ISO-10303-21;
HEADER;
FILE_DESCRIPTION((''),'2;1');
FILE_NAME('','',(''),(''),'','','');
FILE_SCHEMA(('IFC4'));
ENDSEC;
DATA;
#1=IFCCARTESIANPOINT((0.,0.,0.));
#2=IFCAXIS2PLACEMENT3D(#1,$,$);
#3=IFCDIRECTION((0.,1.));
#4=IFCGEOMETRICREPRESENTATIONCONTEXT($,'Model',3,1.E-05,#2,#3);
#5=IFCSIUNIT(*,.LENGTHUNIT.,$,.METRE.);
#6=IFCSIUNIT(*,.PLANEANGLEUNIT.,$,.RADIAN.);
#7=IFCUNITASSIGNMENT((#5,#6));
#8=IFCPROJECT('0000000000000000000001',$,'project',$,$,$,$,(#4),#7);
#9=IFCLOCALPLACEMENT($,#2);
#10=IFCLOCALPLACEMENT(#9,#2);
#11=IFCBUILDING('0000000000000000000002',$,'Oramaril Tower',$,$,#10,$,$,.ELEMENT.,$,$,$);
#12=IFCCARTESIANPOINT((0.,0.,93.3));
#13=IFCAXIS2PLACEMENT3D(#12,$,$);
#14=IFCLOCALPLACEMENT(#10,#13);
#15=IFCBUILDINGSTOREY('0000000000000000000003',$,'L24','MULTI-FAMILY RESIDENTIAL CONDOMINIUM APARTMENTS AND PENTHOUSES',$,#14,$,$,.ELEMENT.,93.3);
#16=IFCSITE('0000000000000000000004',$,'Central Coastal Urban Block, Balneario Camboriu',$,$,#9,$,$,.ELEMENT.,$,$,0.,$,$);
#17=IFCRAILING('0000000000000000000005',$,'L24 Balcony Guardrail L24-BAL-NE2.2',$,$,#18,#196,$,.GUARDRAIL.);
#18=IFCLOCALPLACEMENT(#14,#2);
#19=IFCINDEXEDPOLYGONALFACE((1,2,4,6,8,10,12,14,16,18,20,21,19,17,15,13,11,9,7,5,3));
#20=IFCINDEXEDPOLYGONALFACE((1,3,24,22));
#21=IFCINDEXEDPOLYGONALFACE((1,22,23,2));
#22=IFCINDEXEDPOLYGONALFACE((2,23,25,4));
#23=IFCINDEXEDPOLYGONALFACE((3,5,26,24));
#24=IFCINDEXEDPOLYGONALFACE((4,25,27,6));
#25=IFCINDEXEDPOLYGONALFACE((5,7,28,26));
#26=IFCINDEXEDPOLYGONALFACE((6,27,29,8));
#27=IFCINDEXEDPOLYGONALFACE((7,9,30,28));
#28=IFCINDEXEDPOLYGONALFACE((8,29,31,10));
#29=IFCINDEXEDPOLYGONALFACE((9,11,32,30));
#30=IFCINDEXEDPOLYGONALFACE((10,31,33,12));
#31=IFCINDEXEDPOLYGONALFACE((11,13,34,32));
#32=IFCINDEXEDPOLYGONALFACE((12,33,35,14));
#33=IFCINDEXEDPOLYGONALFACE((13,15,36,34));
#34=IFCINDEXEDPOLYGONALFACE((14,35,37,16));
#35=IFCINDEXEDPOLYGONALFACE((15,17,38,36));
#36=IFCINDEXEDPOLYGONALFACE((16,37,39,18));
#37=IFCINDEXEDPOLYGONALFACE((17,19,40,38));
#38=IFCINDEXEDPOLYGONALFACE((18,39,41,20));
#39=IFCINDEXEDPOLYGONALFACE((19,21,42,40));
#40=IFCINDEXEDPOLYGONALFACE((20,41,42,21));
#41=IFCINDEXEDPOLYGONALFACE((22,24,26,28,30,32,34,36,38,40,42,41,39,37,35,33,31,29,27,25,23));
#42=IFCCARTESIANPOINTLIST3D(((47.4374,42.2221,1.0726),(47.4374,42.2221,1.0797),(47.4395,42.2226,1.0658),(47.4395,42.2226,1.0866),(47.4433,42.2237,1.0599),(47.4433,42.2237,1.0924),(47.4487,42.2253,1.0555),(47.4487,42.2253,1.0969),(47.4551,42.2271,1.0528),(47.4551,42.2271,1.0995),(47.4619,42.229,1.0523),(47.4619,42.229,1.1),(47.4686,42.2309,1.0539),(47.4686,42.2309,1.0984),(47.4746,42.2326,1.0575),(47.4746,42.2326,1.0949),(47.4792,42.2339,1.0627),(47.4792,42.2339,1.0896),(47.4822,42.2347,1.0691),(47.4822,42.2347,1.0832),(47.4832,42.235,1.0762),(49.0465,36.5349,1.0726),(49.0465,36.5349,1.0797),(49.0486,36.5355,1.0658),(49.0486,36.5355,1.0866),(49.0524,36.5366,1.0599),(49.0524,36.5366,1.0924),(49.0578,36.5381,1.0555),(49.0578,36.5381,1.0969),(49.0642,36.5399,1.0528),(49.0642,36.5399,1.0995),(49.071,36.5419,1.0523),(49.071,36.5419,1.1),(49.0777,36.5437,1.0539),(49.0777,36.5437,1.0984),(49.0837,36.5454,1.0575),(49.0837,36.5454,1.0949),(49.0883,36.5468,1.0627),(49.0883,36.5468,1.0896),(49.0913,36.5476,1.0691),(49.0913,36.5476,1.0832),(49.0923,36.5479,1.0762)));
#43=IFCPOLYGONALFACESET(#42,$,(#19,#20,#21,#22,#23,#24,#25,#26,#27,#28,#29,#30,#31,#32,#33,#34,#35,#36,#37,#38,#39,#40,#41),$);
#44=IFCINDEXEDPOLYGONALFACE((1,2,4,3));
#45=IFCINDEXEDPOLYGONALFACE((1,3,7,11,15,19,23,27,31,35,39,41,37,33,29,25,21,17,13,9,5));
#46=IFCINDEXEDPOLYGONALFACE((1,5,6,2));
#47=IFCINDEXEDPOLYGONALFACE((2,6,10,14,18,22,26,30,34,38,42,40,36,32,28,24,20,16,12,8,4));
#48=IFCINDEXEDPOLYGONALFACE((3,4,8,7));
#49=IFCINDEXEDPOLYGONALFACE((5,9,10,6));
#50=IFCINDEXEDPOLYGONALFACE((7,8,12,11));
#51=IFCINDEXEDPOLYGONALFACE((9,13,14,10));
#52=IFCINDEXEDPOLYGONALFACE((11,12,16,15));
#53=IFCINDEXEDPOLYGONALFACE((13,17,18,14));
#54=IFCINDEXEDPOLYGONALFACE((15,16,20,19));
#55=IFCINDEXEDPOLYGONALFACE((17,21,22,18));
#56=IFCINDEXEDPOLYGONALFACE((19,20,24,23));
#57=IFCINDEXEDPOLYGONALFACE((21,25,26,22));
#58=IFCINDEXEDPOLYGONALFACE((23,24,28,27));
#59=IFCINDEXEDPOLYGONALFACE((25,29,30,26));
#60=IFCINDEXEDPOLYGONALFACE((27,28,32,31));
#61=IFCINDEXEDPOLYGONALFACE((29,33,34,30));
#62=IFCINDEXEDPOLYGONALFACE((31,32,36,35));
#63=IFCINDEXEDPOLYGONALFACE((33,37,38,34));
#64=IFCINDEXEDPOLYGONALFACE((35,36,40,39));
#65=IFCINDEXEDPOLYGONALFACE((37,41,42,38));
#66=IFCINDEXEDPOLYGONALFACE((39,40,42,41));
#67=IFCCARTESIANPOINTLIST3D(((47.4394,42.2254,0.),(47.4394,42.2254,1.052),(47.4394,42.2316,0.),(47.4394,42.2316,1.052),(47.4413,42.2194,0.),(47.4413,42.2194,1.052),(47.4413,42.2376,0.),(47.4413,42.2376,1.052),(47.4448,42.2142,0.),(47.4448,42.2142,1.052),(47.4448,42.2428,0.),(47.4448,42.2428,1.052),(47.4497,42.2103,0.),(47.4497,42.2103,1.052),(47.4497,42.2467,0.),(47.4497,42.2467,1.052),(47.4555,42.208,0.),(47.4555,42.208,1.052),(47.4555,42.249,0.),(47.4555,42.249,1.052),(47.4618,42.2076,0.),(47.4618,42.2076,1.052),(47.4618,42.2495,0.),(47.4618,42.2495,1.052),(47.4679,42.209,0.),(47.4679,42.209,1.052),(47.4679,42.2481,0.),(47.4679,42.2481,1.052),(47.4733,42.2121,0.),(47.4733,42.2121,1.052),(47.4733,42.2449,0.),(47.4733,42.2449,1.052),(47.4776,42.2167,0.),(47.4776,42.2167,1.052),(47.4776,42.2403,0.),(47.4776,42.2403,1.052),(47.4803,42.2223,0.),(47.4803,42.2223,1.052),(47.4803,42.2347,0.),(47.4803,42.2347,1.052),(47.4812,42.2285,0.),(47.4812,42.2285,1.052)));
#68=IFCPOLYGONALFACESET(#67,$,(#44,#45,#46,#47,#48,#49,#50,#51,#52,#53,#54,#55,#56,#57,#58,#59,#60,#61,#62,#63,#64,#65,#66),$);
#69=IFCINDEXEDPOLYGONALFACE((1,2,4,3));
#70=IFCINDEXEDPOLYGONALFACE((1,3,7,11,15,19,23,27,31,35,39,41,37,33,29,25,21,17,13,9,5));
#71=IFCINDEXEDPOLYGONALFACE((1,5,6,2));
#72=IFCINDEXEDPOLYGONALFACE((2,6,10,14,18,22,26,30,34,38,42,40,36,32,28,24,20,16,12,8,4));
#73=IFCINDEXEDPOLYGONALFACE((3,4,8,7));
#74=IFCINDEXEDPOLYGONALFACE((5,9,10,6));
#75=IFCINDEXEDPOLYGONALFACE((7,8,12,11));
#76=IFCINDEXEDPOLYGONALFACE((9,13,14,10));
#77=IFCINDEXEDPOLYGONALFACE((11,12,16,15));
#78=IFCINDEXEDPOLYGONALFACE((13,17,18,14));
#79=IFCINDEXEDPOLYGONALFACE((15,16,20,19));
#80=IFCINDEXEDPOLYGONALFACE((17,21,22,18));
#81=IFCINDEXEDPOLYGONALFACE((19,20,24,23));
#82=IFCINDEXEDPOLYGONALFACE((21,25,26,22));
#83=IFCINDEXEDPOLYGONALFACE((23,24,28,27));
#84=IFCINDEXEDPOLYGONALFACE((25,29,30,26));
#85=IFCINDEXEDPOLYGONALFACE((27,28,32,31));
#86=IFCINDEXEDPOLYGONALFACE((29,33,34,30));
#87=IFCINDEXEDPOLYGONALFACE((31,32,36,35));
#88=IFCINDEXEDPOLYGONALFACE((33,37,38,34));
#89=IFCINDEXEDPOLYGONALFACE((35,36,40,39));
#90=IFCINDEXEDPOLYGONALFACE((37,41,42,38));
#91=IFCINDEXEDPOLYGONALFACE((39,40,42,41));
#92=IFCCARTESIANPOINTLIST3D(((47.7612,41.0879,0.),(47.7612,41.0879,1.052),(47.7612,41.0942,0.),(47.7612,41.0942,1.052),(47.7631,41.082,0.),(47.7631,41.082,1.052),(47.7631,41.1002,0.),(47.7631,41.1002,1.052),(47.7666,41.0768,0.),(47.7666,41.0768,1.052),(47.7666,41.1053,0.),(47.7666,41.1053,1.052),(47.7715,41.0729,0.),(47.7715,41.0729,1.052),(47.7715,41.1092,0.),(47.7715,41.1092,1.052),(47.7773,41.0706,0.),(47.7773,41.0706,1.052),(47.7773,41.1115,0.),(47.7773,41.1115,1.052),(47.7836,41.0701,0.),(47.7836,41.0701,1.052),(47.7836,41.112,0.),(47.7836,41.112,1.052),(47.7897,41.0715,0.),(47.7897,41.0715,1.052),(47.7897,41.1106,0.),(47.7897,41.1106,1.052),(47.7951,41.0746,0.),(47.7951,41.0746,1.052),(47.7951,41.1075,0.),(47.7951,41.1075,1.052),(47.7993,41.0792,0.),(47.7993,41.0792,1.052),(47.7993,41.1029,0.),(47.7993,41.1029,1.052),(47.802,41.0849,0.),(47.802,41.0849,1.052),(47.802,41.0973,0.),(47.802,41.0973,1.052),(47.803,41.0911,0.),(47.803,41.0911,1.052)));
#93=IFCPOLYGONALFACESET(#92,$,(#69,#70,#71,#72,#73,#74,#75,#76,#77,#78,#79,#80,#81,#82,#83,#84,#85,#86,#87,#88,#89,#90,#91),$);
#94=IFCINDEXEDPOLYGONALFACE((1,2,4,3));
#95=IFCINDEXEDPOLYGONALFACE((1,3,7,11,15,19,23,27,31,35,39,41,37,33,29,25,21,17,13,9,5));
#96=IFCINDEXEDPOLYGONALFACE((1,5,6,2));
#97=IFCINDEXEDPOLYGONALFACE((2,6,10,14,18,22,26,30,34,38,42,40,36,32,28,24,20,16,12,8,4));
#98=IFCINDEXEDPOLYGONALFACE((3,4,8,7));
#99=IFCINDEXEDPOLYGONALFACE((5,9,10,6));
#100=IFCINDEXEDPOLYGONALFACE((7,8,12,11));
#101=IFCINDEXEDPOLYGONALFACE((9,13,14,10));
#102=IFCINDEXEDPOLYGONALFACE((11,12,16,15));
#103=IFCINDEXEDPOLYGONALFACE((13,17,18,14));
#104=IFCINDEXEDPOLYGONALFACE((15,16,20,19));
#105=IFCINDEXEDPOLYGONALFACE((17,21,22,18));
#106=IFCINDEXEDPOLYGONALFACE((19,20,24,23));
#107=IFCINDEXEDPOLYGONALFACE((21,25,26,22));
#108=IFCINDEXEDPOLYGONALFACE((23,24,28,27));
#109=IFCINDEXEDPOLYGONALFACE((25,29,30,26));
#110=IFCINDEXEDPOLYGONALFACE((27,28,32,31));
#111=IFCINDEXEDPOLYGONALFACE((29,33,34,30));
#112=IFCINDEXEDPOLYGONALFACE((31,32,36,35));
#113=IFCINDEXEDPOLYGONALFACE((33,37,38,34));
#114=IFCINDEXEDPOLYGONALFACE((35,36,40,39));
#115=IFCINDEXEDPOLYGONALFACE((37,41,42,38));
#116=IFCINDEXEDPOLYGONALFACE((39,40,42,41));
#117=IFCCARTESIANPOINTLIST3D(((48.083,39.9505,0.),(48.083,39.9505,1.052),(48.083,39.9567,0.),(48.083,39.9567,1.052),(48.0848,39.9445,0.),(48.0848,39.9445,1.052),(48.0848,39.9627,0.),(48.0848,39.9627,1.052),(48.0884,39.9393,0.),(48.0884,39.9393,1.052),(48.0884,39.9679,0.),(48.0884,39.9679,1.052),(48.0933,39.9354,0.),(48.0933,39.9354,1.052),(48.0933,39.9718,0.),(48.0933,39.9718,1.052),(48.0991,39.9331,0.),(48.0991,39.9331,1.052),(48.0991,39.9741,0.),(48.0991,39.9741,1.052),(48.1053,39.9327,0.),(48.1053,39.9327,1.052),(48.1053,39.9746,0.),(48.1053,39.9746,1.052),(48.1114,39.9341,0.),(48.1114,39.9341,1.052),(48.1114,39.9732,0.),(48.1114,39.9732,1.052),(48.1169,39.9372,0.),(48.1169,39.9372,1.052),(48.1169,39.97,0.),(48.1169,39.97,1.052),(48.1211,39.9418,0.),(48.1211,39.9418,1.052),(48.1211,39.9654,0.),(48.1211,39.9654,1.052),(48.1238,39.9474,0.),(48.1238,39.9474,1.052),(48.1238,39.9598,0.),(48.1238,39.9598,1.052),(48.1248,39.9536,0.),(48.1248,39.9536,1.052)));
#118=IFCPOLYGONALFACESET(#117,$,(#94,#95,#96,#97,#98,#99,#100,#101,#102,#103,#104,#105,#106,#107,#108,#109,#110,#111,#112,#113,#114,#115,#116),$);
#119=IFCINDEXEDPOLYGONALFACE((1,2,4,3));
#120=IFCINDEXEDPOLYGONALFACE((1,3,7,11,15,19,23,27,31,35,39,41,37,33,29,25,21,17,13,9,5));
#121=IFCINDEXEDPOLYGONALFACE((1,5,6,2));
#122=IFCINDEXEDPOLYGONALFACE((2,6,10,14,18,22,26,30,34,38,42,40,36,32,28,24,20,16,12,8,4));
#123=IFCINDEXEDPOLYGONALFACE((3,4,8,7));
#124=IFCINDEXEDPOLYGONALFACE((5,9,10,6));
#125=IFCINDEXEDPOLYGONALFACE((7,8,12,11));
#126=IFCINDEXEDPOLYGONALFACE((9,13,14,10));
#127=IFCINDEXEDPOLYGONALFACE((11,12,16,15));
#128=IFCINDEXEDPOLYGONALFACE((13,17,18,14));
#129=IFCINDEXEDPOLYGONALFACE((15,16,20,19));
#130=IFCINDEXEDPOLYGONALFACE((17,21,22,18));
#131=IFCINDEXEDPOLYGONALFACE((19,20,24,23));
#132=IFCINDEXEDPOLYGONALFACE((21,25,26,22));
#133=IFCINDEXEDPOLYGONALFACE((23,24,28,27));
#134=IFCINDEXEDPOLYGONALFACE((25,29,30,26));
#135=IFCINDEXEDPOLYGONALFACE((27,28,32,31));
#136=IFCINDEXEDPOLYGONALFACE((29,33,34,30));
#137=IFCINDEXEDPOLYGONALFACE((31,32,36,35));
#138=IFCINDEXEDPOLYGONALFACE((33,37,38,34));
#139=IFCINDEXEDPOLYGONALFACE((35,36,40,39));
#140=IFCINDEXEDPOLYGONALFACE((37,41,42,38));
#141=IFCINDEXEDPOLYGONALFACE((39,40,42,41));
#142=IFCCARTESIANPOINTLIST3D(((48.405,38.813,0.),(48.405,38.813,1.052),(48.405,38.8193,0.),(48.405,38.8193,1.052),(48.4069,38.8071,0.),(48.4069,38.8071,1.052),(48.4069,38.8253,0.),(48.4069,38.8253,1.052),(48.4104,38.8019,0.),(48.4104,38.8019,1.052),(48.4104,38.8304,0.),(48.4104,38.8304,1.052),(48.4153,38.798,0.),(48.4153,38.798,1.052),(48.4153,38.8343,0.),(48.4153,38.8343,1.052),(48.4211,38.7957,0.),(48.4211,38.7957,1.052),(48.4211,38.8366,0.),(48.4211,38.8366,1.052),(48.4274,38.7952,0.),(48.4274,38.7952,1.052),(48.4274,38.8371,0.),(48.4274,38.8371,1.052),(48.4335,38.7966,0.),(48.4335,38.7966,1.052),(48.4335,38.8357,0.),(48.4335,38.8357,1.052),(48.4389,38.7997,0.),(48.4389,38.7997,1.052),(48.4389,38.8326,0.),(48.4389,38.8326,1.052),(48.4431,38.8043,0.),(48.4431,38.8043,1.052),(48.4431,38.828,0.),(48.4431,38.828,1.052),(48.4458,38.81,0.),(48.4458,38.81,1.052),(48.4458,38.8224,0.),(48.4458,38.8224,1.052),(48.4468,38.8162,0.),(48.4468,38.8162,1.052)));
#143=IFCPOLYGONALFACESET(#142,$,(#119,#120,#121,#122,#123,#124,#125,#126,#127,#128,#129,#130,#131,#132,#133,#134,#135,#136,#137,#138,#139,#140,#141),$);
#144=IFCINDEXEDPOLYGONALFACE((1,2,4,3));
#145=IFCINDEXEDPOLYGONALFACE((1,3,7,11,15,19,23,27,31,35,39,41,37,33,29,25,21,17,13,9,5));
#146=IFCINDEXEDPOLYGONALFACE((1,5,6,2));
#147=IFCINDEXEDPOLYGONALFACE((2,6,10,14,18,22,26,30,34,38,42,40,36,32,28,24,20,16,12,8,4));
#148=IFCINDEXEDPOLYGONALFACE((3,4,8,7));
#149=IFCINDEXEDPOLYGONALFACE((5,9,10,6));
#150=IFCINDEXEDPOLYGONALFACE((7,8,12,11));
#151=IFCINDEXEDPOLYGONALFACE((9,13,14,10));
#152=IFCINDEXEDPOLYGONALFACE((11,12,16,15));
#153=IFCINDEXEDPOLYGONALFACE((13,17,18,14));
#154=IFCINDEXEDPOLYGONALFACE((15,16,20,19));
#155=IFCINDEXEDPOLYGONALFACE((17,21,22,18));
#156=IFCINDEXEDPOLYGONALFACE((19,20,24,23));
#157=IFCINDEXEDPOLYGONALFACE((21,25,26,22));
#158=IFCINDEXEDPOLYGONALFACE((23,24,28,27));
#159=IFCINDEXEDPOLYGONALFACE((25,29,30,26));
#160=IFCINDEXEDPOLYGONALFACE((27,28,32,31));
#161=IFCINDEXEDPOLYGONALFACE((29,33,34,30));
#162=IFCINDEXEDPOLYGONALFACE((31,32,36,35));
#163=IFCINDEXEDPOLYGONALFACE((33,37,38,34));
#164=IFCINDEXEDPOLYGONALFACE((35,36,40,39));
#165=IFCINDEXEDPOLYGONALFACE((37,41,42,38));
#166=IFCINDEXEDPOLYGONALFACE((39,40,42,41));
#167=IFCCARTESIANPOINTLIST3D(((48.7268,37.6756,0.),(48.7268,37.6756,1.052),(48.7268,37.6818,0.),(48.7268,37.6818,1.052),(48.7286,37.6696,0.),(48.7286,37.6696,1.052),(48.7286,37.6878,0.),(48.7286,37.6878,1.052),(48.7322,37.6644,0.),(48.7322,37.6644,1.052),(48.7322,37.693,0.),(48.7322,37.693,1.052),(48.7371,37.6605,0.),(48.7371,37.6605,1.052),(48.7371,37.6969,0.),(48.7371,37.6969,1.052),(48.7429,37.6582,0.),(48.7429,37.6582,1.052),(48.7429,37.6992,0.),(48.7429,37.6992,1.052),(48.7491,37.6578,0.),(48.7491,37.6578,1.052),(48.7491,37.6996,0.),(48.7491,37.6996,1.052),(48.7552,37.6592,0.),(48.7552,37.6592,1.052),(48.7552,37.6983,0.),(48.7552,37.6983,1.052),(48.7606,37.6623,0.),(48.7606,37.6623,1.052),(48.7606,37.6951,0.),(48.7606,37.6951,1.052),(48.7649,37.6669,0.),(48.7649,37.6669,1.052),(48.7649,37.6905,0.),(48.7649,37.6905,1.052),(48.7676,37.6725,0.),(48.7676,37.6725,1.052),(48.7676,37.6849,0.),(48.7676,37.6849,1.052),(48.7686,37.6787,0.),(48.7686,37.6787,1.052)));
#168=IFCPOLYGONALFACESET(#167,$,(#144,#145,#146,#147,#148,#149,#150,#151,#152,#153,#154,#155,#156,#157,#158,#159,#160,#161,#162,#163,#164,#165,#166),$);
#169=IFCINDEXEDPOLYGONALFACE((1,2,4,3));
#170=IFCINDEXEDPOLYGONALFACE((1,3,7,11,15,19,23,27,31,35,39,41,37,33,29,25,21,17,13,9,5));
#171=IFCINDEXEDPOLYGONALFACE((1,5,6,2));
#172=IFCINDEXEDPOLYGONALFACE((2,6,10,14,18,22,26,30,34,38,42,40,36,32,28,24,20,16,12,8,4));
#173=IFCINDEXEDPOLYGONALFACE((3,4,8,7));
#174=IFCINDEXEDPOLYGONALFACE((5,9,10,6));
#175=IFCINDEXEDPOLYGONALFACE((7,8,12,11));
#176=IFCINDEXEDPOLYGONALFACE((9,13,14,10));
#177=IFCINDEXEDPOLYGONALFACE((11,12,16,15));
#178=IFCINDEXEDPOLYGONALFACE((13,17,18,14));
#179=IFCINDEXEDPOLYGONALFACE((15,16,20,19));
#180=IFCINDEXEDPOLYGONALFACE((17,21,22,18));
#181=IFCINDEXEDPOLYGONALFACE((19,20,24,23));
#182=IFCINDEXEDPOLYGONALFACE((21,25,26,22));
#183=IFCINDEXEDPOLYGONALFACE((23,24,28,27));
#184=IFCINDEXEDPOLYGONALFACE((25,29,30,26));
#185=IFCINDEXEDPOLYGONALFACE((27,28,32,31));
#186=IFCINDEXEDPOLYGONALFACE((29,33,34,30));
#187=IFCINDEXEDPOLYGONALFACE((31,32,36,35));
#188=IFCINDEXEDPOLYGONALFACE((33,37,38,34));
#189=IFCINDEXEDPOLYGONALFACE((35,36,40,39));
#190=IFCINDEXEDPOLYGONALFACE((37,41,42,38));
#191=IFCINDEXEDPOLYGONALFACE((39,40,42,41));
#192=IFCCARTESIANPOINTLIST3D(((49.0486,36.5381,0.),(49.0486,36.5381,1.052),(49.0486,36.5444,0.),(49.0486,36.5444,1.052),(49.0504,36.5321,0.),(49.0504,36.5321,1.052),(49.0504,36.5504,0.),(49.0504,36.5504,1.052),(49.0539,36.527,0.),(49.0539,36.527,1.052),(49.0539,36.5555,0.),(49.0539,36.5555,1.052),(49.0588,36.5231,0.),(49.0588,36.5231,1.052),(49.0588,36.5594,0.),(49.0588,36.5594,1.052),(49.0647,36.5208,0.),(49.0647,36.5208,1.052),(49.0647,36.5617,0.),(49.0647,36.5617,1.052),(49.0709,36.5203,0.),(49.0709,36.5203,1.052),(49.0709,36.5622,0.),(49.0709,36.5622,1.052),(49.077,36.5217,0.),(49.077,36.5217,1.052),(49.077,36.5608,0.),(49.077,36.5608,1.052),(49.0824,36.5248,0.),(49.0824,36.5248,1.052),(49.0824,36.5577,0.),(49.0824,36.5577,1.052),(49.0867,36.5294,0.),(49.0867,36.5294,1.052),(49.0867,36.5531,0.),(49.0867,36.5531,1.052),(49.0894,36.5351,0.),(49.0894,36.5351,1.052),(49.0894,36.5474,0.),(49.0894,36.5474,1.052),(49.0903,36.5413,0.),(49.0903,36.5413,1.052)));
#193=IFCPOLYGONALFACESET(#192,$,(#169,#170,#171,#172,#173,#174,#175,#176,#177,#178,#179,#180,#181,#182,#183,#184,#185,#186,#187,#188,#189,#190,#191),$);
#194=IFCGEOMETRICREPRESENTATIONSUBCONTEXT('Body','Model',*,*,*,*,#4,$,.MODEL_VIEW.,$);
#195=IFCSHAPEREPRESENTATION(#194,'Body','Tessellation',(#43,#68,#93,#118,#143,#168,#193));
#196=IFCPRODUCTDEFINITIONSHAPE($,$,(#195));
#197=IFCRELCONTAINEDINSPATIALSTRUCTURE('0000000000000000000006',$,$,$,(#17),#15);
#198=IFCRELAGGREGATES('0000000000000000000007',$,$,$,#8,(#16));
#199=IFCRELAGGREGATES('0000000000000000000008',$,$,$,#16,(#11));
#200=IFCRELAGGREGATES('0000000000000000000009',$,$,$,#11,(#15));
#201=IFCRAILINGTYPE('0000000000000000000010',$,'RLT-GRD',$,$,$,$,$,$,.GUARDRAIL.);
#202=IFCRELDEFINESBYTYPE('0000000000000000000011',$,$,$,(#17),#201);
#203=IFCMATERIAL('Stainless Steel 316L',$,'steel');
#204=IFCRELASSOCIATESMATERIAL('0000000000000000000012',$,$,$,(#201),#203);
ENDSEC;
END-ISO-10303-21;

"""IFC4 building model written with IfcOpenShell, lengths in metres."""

from ifc_helpers import new_model, si_unit, direction, frame, origin, origin_2d, place, context, subcontext, project, spatial, circle, extrude, material, type_object, element, save


model = new_model("IFC4")

# Units and contexts
model_context = context("Model", 3, precision=1e-05, world=origin(), true_north=direction((0.0, 1.0)))
body_context = subcontext(model_context, "Body", "Model", "MODEL_VIEW")
ifc_project = project(units=[si_unit("LENGTHUNIT", "METRE"), si_unit("PLANEANGLEUNIT", "RADIAN")], contexts=[model_context])

# Site, building, storey
site_placement = place(None, origin())
site = spatial("IfcSite", under=ifc_project, at=site_placement, Name="Central Coastal Urban Block, Balneario Camboriu", CompositionType="ELEMENT", RefElevation=0.0)
building_placement = place(site_placement, origin())
building = spatial("IfcBuilding", under=site, at=building_placement, Name="Oramaril Tower", CompositionType="ELEMENT")
storey_placement = place(building_placement, frame((0.0, 0.0, 93.3)))
storey = spatial("IfcBuildingStorey", under=building, at=storey_placement, Name="L24", Description="MULTI-FAMILY RESIDENTIAL CONDOMINIUM APARTMENTS AND PENTHOUSES", CompositionType="ELEMENT", Elevation=93.3)

# Railing
ifc_material_1 = material(Name="Stainless Steel 316L", Category="steel")
railing_type = type_object("IfcRailingType", Name="RLT-GRD", PredefinedType="GUARDRAIL", material=ifc_material_1)
railing_1_placement = place(storey_placement, frame((47.4602, 42.2285, 0.0)))
element("IfcRailing", 1, at=railing_1_placement, inside=storey, type_object=railing_type, Name="L24 Balcony Guardrail L24-BAL-NE2.2", PredefinedType="GUARDRAIL", context=body_context, shape_type="SweptSolid", body=[
    extrude(circle(Radius=0.0239, at=origin_2d()), frame((0.0, 0.0, 1.0762), z_axis=(0.272249, -0.962227, 0.0), x_axis=(0.962227, 0.272249, 0.0)), (0.0, 0.0, 1.0), 5.9104),
    extrude(circle(Radius=0.021, at=origin_2d()), origin(), (0.0, 0.0, 1.0), 1.052),
    extrude(circle(Radius=0.021, at=origin_2d()), frame((0.3218, -1.1375, 0.0)), (0.0, 0.0, 1.0), 1.052),
    extrude(circle(Radius=0.021, at=origin_2d()), frame((0.6436, -2.2749, 0.0)), (0.0, 0.0, 1.0), 1.052),
    extrude(circle(Radius=0.021, at=origin_2d()), frame((0.9656, -3.4124, 0.0)), (0.0, 0.0, 1.0), 1.052),
    extrude(circle(Radius=0.021, at=origin_2d()), frame((1.2874, -4.5498, 0.0)), (0.0, 0.0, 1.0), 1.052),
    extrude(circle(Radius=0.021, at=origin_2d()), frame((1.6091, -5.6873, 0.0)), (0.0, 0.0, 1.0), 1.052),
])

save(model, "model.ifc")
